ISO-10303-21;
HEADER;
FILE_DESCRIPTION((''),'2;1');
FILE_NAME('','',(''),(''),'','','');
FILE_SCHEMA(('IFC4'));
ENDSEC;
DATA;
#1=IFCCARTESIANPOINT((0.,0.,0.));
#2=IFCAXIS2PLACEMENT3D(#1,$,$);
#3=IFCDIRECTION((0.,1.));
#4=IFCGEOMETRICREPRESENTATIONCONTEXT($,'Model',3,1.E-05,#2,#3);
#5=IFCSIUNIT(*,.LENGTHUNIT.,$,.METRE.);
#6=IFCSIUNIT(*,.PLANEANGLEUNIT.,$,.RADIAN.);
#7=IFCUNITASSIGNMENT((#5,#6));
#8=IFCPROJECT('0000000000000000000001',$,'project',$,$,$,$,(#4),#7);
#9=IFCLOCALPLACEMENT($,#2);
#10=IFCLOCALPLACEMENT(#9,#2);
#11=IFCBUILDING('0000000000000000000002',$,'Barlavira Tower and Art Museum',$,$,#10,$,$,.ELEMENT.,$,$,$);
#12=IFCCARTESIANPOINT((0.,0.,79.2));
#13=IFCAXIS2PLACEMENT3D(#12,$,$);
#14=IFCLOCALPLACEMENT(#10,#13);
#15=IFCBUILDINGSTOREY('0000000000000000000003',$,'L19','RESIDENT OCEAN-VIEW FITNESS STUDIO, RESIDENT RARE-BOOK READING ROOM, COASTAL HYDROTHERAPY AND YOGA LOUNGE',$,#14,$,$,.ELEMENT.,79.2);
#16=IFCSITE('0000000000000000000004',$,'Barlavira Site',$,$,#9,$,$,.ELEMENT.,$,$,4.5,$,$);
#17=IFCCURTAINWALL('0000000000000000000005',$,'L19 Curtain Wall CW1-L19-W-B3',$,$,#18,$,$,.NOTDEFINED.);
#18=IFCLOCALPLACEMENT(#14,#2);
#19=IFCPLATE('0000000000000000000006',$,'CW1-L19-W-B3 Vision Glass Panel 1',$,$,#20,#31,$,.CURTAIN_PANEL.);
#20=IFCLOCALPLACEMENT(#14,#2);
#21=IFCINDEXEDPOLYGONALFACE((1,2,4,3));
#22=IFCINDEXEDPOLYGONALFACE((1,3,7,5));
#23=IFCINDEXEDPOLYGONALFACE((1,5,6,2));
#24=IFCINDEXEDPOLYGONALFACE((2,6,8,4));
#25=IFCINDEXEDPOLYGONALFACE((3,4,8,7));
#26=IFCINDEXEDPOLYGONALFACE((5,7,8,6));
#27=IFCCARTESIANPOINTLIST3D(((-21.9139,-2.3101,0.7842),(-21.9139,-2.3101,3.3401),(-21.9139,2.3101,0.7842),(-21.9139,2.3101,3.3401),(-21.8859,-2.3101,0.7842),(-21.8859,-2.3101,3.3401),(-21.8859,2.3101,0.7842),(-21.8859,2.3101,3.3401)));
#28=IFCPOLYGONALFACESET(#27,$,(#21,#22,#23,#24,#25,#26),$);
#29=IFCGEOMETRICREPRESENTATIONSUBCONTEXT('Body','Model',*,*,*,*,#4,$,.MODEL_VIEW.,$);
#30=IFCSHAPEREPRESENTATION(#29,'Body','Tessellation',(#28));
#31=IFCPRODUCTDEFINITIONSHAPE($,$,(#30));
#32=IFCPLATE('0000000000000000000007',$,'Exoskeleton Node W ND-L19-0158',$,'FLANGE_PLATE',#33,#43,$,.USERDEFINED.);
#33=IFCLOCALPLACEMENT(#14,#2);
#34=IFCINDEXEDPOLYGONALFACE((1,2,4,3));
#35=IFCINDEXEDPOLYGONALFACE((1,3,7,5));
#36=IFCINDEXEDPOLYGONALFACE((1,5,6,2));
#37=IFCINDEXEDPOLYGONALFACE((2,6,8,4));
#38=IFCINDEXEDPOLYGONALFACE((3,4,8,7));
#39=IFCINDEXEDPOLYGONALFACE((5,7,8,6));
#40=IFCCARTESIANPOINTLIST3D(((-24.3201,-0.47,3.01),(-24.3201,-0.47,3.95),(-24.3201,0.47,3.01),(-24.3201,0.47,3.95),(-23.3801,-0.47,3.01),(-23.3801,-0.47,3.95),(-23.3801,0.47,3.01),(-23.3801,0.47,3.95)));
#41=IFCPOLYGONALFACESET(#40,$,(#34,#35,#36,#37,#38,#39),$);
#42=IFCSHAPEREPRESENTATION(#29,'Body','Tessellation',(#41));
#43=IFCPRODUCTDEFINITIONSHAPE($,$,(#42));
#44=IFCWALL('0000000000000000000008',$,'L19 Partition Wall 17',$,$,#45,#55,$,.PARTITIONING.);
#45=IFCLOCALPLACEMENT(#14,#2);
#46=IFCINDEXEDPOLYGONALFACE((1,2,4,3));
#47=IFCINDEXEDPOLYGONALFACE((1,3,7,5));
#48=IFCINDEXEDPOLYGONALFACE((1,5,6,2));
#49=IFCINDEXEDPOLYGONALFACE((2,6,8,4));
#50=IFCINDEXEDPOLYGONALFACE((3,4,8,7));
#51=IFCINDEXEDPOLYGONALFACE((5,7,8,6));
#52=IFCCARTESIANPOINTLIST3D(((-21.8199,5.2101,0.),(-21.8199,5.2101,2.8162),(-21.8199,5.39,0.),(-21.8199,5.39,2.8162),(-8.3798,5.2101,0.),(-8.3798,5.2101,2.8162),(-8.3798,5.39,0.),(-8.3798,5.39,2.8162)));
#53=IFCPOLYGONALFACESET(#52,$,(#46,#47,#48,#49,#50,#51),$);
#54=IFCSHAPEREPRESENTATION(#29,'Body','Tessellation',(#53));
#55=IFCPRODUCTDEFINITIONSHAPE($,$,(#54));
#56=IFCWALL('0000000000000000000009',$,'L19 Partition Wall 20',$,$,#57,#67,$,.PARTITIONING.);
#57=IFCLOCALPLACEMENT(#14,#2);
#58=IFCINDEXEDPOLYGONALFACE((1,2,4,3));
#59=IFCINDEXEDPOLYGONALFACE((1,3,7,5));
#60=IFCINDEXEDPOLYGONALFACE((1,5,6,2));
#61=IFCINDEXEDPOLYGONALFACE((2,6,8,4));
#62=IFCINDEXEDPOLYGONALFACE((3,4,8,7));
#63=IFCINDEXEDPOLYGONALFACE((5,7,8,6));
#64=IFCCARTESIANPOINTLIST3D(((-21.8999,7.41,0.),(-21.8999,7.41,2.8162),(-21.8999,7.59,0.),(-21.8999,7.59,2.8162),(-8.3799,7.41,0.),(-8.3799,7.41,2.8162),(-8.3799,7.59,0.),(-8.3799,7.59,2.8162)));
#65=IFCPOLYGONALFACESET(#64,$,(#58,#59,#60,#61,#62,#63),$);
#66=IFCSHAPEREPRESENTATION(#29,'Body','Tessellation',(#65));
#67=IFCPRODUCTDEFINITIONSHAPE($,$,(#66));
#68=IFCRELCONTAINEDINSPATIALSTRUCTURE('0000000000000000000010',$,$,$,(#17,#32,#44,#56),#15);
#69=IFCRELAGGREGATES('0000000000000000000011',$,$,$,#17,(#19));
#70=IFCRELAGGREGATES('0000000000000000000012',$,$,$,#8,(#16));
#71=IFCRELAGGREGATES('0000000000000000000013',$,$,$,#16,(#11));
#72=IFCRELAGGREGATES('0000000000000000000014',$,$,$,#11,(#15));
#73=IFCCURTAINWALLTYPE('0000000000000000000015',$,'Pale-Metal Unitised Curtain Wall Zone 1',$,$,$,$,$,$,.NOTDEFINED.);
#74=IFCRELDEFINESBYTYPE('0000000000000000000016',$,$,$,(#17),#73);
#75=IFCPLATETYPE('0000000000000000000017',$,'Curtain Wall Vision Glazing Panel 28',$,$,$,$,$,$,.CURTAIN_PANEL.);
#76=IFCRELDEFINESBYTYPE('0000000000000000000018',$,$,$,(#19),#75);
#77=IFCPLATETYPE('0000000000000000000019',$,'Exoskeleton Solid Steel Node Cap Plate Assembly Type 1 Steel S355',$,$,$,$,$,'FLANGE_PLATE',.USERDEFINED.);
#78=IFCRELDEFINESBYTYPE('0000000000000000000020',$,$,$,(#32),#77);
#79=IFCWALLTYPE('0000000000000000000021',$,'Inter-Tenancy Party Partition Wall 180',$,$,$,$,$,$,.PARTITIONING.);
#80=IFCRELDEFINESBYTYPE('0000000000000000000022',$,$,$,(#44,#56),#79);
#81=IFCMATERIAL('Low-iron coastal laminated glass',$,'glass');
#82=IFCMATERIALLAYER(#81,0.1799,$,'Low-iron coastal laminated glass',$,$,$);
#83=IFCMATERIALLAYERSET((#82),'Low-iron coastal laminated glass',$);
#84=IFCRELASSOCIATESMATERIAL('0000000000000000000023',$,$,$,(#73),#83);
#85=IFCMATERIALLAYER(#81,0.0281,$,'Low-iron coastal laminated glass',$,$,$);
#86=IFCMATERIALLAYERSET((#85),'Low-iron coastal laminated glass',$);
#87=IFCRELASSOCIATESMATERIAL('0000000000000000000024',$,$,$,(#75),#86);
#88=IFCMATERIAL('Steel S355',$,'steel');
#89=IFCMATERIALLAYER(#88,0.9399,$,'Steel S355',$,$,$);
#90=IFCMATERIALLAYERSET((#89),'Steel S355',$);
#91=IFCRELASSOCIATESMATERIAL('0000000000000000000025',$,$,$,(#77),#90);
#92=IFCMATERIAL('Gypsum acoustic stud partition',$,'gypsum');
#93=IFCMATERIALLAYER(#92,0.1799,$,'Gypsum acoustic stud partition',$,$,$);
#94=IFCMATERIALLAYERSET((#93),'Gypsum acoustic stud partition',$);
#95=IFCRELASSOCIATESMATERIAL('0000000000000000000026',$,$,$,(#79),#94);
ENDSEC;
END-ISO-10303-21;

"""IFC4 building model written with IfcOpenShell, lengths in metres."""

from ifc_helpers import new_model, si_unit, direction, frame, frame_2d, origin, origin_2d, place, context, subcontext, project, spatial, rectangle, extrude, material, layer, layer_set, type_object, element, aggregate, save


model = new_model("IFC4")

# Units and contexts
model_context = context("Model", 3, precision=1e-05, world=origin(), true_north=direction((0.0, 1.0)))
body_context = subcontext(model_context, "Body", "Model", "MODEL_VIEW")
ifc_project = project(units=[si_unit("LENGTHUNIT", "METRE"), si_unit("PLANEANGLEUNIT", "RADIAN")], contexts=[model_context])

# Site, building, storey
site_placement = place(None, origin())
site = spatial("IfcSite", under=ifc_project, at=site_placement, Name="Barlavira Site", CompositionType="ELEMENT", RefElevation=4.5)
building_placement = place(site_placement, origin())
building = spatial("IfcBuilding", under=site, at=building_placement, Name="Barlavira Tower and Art Museum", CompositionType="ELEMENT")
storey_placement = place(building_placement, frame((0.0, 0.0, 79.2)))
storey = spatial("IfcBuildingStorey", under=building, at=storey_placement, Name="L19", Description="RESIDENT OCEAN-VIEW FITNESS STUDIO, RESIDENT RARE-BOOK READING ROOM, COASTAL HYDROTHERAPY AND YOGA LOUNGE", CompositionType="ELEMENT", Elevation=79.2)

# Curtain wall
ifc_material_1 = material(Name="Low-iron coastal laminated glass", Category="glass")
ifc_layer_1 = layer(ifc_material_1, 0.1799, Name="Low-iron coastal laminated glass")
ifc_layer_set_1 = layer_set([ifc_layer_1], Name="Low-iron coastal laminated glass")
curtain_wall_type = type_object("IfcCurtainWallType", Name="Pale-Metal Unitised Curtain Wall Zone 1", PredefinedType="NOTDEFINED", material=ifc_layer_set_1)
curtain_wall_placement = place(storey_placement, origin())
curtain_wall = element("IfcCurtainWall", 1, at=curtain_wall_placement, inside=storey, type_object=curtain_wall_type, Name="L19 Curtain Wall CW1-L19-W-B3", PredefinedType="NOTDEFINED")

# Shared definitions
ifc_material_2 = material(Name="Steel S355", Category="steel")

# Plates
ifc_layer_2 = layer(ifc_material_1, 0.0281, Name="Low-iron coastal laminated glass")
ifc_layer_set_2 = layer_set([ifc_layer_2], Name="Low-iron coastal laminated glass")
plate_type_1 = type_object("IfcPlateType", Name="Curtain Wall Vision Glazing Panel 28", PredefinedType="CURTAIN_PANEL", material=ifc_layer_set_2)
plate_1_placement = place(storey_placement, frame((-21.8999, 0.0, 0.7842), z_axis=(0.0, 0.0, 1.0), x_axis=(0.0, -1.0, 0.0)))
plate_1 = element("IfcPlate", 2, at=plate_1_placement, type_object=plate_type_1, Name="CW1-L19-W-B3 Vision Glass Panel 1", PredefinedType="CURTAIN_PANEL", context=body_context, shape_type="SweptSolid", body=[
    extrude(rectangle(XDim=4.6201, YDim=0.0281, at=origin_2d()), origin(), (0.0, 0.0, 1.0), 2.5559),
])
aggregate(curtain_wall, [plate_1])
ifc_layer_3 = layer(ifc_material_2, 0.9399, Name="Steel S355")
ifc_layer_set_3 = layer_set([ifc_layer_3], Name="Steel S355")
plate_type_2 = type_object("IfcPlateType", Name="Exoskeleton Solid Steel Node Cap Plate Assembly Type 1 Steel S355", ElementType="FLANGE_PLATE", PredefinedType="USERDEFINED", material=ifc_layer_set_3)
plate_2_placement = place(storey_placement, frame((-23.8501, 0.0, 3.01), z_axis=(0.0, 0.0, 1.0), x_axis=(1.0, 0.0, 0.0)))
element("IfcPlate", 3, at=plate_2_placement, inside=storey, type_object=plate_type_2, Name="Exoskeleton Node W ND-L19-0158", ObjectType="FLANGE_PLATE", PredefinedType="USERDEFINED", context=body_context, shape_type="SweptSolid", body=[
    extrude(rectangle(XDim=0.9399, YDim=0.9399, at=origin_2d()), origin(), (0.0, 0.0, 1.0), 0.9399),
])

# Walls
ifc_material_3 = material(Name="Gypsum acoustic stud partition", Category="gypsum")
ifc_layer_4 = layer(ifc_material_3, 0.1799, Name="Gypsum acoustic stud partition")
ifc_layer_set_4 = layer_set([ifc_layer_4], Name="Gypsum acoustic stud partition")
wall_type = type_object("IfcWallType", Name="Inter-Tenancy Party Partition Wall 180", PredefinedType="PARTITIONING", material=ifc_layer_set_4)
wall_1_placement = place(storey_placement, frame((-21.8201, 5.3, 0.0), z_axis=(0.0, 0.0, 1.0), x_axis=(1.0, 0.0, 0.0)))
element("IfcWall", 4, at=wall_1_placement, inside=storey, type_object=wall_type, Name="L19 Partition Wall 17", PredefinedType="PARTITIONING", context=body_context, shape_type="SweptSolid", body=[
    extrude(rectangle(XDim=13.4402, YDim=0.1799, at=frame_2d((6.7202, 0.0))), origin(), (0.0, 0.0, 1.0), 2.8162),
])
wall_2_placement = place(storey_placement, frame((-21.8999, 7.5, 0.0), z_axis=(0.0, 0.0, 1.0), x_axis=(1.0, 0.0, 0.0)))
element("IfcWall", 5, at=wall_2_placement, inside=storey, type_object=wall_type, Name="L19 Partition Wall 20", PredefinedType="PARTITIONING", context=body_context, shape_type="SweptSolid", body=[
    extrude(rectangle(XDim=13.52, YDim=0.1799, at=frame_2d((6.76, 0.0))), origin(), (0.0, 0.0, 1.0), 2.8162),
])

save(model, "model.ifc")
